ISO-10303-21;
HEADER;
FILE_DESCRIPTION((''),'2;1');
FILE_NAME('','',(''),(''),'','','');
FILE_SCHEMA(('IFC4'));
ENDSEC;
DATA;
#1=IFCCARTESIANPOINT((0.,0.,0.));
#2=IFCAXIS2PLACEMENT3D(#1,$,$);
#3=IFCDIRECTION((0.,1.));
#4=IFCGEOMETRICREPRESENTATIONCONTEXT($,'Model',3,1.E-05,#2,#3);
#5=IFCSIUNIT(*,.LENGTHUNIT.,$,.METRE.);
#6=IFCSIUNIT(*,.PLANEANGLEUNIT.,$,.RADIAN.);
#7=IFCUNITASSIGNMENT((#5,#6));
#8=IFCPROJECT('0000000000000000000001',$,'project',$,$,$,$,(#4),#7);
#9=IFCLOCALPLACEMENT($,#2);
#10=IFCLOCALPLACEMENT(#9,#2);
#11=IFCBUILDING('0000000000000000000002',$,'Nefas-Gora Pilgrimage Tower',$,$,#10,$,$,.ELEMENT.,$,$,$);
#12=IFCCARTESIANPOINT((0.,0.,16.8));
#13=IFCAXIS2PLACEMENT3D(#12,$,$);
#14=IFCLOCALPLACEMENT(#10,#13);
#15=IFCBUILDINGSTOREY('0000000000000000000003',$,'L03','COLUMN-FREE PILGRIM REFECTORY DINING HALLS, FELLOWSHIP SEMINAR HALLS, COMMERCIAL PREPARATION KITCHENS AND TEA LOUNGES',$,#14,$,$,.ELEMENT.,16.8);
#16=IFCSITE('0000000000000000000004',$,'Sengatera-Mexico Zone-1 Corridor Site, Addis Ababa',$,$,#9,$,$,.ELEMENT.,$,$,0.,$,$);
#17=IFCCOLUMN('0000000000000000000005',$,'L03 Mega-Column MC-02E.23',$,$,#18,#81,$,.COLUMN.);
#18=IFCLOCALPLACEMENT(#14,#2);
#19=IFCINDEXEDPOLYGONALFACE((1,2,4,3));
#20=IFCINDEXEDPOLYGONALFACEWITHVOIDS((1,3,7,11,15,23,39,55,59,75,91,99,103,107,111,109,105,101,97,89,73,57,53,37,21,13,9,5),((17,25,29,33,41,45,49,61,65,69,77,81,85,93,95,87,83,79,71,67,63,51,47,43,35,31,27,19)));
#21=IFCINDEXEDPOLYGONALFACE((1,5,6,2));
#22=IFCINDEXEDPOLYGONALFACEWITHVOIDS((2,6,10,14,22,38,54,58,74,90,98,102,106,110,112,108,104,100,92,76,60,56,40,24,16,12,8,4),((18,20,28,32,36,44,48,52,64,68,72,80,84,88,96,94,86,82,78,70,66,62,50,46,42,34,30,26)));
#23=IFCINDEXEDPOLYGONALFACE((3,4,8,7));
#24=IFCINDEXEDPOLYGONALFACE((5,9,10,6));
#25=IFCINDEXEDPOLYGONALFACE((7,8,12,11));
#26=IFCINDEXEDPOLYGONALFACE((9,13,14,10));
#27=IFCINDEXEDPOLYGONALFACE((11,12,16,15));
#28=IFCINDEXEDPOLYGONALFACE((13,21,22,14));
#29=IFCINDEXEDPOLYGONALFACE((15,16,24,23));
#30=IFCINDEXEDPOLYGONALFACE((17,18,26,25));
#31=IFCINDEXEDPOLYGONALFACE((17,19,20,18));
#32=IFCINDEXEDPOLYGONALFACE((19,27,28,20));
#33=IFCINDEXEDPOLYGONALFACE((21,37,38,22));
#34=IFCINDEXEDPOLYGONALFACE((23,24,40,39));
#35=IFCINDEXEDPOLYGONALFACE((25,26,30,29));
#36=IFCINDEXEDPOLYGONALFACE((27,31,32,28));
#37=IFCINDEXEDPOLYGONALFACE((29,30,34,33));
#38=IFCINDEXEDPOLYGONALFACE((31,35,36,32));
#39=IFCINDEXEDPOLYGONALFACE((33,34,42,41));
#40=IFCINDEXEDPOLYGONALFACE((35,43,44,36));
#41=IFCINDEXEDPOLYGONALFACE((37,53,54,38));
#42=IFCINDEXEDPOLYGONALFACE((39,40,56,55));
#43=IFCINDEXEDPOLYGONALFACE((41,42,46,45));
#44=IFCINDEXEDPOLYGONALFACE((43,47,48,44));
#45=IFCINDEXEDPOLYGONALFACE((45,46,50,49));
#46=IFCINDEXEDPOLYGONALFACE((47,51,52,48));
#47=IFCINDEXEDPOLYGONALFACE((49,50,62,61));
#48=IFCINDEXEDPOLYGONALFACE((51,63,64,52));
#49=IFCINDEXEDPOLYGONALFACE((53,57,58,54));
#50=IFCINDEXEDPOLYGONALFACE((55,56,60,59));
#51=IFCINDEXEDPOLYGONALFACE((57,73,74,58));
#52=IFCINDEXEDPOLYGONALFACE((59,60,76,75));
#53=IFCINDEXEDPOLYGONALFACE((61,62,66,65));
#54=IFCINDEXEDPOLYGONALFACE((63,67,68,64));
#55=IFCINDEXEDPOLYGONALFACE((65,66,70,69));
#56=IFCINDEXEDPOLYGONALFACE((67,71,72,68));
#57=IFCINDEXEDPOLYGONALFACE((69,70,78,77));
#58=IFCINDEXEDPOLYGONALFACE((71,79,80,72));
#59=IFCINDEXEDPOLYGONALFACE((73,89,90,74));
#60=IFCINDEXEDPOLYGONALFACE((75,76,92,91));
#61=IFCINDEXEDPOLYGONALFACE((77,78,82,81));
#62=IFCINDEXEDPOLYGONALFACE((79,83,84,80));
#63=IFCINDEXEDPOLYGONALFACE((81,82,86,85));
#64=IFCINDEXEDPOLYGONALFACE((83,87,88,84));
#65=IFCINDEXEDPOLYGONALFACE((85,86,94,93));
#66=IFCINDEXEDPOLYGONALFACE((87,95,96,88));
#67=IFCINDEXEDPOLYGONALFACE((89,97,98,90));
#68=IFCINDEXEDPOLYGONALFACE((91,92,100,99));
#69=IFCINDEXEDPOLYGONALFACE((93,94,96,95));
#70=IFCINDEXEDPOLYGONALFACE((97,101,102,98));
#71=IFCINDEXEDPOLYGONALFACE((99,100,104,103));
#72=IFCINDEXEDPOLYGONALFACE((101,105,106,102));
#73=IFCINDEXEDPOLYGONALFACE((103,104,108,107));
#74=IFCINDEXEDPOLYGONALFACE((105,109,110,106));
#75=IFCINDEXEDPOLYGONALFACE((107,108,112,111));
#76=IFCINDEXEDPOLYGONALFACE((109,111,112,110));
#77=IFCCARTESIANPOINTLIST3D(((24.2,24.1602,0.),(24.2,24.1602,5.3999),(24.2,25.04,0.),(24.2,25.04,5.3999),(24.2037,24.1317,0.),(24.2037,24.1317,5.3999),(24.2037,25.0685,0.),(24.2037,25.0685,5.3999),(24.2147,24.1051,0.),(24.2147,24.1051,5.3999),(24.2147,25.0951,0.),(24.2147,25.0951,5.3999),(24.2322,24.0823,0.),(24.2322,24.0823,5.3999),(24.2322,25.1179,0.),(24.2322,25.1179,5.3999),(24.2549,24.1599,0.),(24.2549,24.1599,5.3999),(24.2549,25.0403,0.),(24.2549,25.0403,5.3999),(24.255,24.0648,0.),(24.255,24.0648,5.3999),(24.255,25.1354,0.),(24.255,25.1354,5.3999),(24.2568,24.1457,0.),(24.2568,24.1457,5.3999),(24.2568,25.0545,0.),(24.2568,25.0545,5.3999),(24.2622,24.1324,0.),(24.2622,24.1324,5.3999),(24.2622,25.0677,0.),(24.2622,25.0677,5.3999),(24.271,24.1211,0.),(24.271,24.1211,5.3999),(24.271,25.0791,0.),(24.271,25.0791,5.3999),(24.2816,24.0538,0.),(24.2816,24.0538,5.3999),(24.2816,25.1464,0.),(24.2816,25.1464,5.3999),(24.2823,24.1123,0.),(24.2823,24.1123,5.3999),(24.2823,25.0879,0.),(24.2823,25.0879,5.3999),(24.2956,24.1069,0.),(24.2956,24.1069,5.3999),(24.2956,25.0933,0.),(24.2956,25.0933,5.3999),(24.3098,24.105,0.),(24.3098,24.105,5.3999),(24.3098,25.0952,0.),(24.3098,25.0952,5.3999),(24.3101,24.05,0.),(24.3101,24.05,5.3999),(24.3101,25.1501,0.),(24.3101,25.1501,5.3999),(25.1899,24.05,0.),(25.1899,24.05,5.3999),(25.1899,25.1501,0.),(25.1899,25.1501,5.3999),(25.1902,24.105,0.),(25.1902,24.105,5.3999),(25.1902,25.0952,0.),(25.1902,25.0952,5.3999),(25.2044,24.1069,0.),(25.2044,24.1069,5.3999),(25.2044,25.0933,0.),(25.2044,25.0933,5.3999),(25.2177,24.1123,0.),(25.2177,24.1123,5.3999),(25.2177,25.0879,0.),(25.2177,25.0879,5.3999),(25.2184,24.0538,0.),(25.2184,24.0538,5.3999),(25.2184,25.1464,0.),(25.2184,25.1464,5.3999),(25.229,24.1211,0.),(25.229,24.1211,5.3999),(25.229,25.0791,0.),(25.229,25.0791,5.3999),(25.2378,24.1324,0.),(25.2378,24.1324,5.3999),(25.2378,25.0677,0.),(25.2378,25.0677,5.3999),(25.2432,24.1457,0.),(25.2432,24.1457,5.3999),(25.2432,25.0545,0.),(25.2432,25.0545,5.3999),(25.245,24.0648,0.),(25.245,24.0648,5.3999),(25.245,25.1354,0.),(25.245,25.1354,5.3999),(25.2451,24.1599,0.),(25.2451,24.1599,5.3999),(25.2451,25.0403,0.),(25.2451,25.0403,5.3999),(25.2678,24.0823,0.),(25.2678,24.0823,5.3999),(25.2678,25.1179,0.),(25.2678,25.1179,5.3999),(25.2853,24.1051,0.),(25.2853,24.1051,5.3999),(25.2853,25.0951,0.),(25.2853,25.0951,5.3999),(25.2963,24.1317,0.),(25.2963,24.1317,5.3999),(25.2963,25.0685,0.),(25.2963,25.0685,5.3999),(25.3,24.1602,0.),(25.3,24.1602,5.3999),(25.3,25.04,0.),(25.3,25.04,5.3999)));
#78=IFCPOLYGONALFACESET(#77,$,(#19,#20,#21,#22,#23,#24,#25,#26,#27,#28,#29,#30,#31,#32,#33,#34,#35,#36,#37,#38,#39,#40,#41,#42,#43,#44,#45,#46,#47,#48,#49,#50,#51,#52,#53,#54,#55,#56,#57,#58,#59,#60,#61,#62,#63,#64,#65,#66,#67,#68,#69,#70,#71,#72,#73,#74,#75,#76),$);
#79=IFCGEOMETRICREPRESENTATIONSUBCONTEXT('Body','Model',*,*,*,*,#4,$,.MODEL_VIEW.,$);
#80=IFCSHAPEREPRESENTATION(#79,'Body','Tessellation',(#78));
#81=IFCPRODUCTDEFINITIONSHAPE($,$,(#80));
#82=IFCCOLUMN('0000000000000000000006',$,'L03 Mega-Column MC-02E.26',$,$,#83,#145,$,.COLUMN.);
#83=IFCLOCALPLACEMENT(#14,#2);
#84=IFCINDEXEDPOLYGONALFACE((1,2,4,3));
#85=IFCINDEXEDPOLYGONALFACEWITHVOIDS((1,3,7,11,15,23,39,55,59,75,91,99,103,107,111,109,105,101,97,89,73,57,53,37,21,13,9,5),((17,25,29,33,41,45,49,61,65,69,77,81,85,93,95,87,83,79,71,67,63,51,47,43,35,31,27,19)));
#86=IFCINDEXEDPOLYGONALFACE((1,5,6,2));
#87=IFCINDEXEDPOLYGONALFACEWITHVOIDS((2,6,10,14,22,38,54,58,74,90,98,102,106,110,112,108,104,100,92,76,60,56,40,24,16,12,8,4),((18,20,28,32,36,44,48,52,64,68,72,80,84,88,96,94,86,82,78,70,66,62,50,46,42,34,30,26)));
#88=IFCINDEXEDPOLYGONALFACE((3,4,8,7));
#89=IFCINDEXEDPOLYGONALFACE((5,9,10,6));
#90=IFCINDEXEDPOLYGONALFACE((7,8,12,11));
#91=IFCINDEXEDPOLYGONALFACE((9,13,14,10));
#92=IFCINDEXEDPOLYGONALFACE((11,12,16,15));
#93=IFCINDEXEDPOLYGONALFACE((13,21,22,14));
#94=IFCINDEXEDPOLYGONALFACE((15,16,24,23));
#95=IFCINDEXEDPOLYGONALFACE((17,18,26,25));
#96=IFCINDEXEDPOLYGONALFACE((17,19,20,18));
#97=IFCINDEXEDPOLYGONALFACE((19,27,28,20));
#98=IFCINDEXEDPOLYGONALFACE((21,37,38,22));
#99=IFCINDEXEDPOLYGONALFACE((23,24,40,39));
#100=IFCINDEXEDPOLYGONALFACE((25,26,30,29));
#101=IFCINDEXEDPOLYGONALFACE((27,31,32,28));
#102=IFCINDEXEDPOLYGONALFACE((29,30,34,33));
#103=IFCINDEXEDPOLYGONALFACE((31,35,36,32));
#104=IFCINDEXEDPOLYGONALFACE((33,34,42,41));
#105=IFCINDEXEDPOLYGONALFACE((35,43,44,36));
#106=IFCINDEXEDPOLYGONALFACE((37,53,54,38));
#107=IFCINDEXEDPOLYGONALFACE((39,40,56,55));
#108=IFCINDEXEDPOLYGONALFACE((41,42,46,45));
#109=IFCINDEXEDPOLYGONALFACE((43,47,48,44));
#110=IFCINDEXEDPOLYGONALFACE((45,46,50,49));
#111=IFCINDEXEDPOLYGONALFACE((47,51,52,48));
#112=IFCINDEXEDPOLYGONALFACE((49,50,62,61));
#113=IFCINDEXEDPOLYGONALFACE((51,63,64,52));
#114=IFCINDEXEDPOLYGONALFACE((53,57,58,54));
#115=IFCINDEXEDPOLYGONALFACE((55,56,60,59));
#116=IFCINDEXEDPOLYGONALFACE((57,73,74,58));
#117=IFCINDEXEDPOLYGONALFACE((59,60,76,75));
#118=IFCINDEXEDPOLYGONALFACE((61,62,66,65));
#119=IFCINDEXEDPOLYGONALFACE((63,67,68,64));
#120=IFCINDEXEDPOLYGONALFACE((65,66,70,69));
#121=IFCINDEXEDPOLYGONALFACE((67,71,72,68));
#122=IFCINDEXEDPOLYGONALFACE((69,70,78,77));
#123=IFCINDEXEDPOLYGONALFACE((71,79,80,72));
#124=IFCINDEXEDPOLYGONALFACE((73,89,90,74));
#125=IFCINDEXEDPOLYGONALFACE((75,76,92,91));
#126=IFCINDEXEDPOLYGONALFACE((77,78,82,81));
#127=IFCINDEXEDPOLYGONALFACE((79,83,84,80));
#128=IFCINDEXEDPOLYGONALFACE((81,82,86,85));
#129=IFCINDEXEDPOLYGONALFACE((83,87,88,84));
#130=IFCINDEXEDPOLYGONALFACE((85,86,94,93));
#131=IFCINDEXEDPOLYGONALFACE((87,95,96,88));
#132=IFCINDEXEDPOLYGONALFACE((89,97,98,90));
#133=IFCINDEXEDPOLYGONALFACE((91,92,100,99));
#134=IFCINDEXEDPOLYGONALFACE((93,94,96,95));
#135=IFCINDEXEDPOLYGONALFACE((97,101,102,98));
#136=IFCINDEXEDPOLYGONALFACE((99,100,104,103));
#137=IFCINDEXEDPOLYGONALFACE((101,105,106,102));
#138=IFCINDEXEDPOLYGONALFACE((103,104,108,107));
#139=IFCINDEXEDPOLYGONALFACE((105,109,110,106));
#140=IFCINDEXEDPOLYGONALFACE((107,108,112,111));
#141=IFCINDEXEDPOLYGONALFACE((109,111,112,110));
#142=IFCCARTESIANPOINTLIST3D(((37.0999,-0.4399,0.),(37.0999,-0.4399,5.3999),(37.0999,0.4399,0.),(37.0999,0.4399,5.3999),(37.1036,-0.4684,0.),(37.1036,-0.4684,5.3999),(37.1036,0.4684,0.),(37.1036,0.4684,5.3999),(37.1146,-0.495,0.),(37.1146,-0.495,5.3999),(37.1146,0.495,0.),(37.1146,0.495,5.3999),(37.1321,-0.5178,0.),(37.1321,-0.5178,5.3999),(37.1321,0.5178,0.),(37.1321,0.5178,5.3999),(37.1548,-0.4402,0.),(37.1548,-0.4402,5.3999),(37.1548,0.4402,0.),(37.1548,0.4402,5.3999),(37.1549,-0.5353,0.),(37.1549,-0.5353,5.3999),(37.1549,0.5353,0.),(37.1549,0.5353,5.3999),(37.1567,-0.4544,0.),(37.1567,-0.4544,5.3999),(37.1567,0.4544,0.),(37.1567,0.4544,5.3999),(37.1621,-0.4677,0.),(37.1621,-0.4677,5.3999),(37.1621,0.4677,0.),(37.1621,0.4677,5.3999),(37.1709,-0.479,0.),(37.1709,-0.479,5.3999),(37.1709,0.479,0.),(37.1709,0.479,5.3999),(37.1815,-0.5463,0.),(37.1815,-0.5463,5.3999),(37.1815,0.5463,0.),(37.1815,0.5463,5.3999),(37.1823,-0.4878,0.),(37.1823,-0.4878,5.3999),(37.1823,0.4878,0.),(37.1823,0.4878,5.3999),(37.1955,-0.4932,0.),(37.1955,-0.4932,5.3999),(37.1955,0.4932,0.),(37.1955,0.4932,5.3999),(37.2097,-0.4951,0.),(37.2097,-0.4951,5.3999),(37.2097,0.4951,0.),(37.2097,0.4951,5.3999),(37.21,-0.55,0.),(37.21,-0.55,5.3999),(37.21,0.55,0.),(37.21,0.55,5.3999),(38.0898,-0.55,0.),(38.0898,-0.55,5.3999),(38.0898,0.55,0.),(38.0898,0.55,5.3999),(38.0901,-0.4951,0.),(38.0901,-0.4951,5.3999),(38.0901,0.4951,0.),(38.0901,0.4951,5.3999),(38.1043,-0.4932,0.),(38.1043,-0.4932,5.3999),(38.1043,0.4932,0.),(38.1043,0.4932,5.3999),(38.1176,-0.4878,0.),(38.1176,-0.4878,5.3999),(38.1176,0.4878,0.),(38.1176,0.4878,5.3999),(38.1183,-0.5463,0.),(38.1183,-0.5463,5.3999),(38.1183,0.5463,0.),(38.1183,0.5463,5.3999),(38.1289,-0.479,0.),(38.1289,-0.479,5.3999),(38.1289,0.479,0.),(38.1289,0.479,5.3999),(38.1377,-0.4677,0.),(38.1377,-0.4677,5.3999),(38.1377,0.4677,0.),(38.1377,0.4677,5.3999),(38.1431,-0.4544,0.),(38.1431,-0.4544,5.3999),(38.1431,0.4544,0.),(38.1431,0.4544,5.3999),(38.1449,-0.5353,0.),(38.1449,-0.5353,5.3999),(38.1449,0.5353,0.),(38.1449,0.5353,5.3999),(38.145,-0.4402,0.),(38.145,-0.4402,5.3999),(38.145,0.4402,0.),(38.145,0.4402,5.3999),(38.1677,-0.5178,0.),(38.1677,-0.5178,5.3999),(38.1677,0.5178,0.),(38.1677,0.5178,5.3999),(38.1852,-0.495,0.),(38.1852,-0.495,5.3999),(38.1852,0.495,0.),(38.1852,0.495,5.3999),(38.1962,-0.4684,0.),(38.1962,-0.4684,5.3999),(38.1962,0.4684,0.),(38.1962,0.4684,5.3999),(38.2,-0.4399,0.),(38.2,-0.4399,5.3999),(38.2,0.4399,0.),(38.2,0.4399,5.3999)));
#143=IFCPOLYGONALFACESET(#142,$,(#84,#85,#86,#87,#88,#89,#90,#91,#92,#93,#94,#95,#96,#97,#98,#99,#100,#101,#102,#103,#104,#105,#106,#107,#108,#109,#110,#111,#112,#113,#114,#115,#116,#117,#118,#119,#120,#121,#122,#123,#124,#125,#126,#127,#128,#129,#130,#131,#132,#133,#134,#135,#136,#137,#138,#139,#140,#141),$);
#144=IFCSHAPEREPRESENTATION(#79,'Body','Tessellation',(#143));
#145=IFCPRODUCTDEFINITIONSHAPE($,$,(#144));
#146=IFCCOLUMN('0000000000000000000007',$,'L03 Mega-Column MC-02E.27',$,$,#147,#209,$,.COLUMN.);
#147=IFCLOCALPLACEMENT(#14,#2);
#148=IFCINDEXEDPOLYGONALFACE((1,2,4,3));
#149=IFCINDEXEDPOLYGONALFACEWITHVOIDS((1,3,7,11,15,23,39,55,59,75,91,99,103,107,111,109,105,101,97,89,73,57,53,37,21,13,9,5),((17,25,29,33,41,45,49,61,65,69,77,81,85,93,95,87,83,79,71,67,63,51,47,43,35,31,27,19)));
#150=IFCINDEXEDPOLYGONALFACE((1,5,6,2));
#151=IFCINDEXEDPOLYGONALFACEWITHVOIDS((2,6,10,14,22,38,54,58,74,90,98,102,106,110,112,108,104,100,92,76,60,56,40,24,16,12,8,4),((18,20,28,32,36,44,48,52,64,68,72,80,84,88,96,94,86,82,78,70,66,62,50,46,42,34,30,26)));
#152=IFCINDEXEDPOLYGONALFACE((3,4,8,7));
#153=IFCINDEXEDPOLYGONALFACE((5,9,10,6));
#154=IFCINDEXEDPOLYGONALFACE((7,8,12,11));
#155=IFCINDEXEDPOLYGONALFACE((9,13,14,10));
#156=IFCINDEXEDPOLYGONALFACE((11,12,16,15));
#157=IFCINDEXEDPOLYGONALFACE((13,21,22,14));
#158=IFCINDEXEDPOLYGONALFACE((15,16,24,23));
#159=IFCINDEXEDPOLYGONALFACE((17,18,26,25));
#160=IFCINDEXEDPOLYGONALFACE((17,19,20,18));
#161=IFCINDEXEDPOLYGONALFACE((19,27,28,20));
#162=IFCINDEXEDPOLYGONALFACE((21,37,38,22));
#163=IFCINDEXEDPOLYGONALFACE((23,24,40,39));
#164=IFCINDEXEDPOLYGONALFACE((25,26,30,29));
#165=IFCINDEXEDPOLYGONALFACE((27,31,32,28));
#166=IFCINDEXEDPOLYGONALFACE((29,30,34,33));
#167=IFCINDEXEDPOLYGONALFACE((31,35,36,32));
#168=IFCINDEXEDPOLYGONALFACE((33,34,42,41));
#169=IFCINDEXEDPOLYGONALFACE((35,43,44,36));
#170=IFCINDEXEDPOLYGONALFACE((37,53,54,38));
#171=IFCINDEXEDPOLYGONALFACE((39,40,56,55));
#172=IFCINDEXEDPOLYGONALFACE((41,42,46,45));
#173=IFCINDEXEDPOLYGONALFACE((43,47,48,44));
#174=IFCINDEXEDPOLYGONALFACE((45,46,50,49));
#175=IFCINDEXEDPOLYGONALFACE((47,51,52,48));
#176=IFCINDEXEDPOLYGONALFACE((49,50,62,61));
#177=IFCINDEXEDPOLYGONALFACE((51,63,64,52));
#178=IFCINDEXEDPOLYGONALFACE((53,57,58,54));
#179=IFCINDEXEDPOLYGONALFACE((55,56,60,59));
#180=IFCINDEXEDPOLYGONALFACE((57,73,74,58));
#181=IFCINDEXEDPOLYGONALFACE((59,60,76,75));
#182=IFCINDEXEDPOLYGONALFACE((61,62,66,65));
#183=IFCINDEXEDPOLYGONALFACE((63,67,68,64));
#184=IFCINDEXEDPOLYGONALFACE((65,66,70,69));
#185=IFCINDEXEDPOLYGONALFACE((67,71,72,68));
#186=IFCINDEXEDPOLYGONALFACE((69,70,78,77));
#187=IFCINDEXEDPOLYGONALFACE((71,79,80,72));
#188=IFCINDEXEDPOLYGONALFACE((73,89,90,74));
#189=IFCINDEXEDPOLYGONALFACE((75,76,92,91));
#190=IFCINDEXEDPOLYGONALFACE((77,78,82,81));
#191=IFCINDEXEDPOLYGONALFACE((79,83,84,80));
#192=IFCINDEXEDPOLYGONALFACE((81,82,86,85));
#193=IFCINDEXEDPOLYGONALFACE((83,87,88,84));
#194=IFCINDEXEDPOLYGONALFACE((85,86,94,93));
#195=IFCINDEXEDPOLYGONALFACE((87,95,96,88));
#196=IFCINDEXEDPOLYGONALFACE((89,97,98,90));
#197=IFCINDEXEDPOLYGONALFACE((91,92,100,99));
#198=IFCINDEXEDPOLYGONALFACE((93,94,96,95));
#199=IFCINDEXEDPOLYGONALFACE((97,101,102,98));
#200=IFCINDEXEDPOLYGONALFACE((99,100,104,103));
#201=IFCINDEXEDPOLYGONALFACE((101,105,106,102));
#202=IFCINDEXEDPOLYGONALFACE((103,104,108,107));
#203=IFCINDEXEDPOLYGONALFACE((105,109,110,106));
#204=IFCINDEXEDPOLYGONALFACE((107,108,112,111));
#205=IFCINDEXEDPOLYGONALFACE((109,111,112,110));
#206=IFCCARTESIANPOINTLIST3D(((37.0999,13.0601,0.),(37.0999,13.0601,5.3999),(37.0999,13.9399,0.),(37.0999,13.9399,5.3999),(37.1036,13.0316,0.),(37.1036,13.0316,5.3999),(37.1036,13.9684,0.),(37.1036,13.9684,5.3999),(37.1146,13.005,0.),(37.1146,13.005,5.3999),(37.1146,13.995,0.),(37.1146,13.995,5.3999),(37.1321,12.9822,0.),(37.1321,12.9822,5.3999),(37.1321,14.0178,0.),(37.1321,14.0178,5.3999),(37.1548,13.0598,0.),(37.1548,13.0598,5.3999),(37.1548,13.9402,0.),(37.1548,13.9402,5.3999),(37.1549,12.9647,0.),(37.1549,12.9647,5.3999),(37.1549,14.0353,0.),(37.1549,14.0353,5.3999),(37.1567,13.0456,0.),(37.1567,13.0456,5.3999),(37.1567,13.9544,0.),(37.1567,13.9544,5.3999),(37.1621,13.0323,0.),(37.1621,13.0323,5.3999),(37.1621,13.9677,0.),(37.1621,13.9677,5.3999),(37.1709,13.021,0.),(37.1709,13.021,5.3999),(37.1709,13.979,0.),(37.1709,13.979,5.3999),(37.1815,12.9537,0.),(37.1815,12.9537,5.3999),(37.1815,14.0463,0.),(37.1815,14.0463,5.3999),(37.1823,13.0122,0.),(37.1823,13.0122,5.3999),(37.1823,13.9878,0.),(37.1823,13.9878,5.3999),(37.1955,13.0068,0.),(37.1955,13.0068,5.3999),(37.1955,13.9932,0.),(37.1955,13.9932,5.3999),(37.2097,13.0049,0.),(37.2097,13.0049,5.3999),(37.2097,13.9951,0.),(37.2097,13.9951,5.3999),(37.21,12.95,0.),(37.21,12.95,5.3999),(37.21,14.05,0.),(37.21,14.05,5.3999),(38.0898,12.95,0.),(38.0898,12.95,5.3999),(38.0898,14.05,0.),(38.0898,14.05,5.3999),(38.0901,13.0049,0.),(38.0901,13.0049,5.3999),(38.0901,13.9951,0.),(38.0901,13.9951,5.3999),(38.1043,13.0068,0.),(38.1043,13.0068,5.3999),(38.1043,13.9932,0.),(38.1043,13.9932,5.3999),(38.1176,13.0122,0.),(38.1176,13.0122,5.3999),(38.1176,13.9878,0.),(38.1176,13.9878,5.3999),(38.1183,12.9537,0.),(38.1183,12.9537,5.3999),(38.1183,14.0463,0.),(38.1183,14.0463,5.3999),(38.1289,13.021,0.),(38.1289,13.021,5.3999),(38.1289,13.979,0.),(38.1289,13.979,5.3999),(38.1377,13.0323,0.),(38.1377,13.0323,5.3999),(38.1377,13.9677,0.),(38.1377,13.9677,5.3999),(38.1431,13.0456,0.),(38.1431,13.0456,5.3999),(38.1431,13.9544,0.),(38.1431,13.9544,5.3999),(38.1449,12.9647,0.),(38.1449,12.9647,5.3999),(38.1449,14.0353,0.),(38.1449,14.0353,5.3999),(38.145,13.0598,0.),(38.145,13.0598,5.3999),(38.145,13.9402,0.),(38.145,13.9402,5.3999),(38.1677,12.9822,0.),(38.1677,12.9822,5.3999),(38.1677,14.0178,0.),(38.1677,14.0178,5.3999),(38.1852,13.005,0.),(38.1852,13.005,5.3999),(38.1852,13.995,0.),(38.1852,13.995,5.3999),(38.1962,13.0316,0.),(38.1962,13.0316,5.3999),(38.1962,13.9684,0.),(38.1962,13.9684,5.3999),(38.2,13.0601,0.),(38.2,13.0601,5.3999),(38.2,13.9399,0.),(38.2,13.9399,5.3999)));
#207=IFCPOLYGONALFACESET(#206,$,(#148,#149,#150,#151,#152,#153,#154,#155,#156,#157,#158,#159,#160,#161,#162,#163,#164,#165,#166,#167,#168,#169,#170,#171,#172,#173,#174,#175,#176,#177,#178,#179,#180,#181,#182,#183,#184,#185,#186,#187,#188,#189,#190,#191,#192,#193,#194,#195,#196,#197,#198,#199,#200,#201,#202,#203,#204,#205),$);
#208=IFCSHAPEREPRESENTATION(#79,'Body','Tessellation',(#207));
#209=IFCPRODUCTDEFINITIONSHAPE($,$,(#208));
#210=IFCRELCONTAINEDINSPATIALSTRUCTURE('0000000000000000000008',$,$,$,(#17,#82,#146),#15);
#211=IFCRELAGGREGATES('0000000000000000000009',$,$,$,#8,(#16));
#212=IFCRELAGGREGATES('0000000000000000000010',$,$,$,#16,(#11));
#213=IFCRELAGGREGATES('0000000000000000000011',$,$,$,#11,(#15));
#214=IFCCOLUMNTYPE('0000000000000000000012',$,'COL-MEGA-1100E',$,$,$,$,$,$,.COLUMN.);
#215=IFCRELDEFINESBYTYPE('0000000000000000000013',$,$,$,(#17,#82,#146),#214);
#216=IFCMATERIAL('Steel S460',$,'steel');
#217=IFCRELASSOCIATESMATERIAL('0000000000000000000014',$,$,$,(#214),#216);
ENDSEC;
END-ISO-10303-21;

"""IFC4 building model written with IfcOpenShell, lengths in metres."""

from ifc_helpers import new_model, si_unit, direction, frame, origin, origin_2d, place, context, subcontext, project, spatial, hollow_rectangle, extrude, source, transform, mapped, material, material_profile, profile_set, type_object, element, save


model = new_model("IFC4")

# Units and contexts
model_context = context("Model", 3, precision=1e-05, world=origin(), true_north=direction((0.0, 1.0)))
body_context = subcontext(model_context, "Body", "Model", "MODEL_VIEW")
ifc_project = project(units=[si_unit("LENGTHUNIT", "METRE"), si_unit("PLANEANGLEUNIT", "RADIAN")], contexts=[model_context])

# Site, building, storey
site_placement = place(None, origin())
site = spatial("IfcSite", under=ifc_project, at=site_placement, Name="Sengatera-Mexico Zone-1 Corridor Site, Addis Ababa", CompositionType="ELEMENT", RefElevation=0.0)
building_placement = place(site_placement, origin())
building = spatial("IfcBuilding", under=site, at=building_placement, Name="Nefas-Gora Pilgrimage Tower", CompositionType="ELEMENT")
storey_placement = place(building_placement, frame((0.0, 0.0, 16.8)))
storey = spatial("IfcBuildingStorey", under=building, at=storey_placement, Name="L03", Description="COLUMN-FREE PILGRIM REFECTORY DINING HALLS, FELLOWSHIP SEMINAR HALLS, COMMERCIAL PREPARATION KITCHENS AND TEA LOUNGES", CompositionType="ELEMENT", Elevation=16.8)

# Columns
ifc_material_1 = material(Name="Steel S460", Category="steel")
ifc_material_profile_1 = material_profile(ifc_material_1, hollow_rectangle(XDim=1.1001, YDim=1.1001, WallThickness=0.0549, InnerFilletRadius=0.0549, OuterFilletRadius=0.1101, at=origin_2d()), Name="BOX 1100x1100x55")
ifc_profile_set_1 = profile_set([ifc_material_profile_1], Name="Steel S460")
column_type_1 = type_object("IfcColumnType", Name="COL-MEGA-1100E", PredefinedType="COLUMN", material=ifc_profile_set_1)
shared_shape_1 = source(origin(), body_context, "Body", "SweptSolid", [
    extrude(hollow_rectangle(XDim=1.1001, YDim=1.1001, WallThickness=0.0549, InnerFilletRadius=0.0549, OuterFilletRadius=0.1101, at=origin_2d()), origin(), (0.0, 0.0, 1.0), 5.3999),
])
for number, where, z_axis, x_axis, name in (
    (1, (24.75, 24.6001, 0.0), (0.0, 0.0, 1.0), (1.0, 0.0, 0.0), "L03 Mega-Column MC-02E.23"),
    (2, (37.6499, 0.0, 0.0), (0.0, 0.0, 1.0), (1.0, 0.0, 0.0), "L03 Mega-Column MC-02E.26"),
    (3, (37.6499, 13.5, 0.0), (0.0, 0.0, 1.0), (1.0, 0.0, 0.0), "L03 Mega-Column MC-02E.27"),
):
    element("IfcColumn", number, at=place(storey_placement, frame(where, z_axis=z_axis, x_axis=x_axis)), inside=storey, type_object=column_type_1, Name=name, PredefinedType="COLUMN", context=body_context, shape_type="MappedRepresentation", body=[
        mapped(shared_shape_1, transform((0.0, 0.0, 0.0), x_axis=(1.0, 0.0, 0.0), y_axis=(0.0, 1.0, 0.0), z_axis=(0.0, 0.0, 1.0), scale=1.0)),
    ])

save(model, "model.ifc")
